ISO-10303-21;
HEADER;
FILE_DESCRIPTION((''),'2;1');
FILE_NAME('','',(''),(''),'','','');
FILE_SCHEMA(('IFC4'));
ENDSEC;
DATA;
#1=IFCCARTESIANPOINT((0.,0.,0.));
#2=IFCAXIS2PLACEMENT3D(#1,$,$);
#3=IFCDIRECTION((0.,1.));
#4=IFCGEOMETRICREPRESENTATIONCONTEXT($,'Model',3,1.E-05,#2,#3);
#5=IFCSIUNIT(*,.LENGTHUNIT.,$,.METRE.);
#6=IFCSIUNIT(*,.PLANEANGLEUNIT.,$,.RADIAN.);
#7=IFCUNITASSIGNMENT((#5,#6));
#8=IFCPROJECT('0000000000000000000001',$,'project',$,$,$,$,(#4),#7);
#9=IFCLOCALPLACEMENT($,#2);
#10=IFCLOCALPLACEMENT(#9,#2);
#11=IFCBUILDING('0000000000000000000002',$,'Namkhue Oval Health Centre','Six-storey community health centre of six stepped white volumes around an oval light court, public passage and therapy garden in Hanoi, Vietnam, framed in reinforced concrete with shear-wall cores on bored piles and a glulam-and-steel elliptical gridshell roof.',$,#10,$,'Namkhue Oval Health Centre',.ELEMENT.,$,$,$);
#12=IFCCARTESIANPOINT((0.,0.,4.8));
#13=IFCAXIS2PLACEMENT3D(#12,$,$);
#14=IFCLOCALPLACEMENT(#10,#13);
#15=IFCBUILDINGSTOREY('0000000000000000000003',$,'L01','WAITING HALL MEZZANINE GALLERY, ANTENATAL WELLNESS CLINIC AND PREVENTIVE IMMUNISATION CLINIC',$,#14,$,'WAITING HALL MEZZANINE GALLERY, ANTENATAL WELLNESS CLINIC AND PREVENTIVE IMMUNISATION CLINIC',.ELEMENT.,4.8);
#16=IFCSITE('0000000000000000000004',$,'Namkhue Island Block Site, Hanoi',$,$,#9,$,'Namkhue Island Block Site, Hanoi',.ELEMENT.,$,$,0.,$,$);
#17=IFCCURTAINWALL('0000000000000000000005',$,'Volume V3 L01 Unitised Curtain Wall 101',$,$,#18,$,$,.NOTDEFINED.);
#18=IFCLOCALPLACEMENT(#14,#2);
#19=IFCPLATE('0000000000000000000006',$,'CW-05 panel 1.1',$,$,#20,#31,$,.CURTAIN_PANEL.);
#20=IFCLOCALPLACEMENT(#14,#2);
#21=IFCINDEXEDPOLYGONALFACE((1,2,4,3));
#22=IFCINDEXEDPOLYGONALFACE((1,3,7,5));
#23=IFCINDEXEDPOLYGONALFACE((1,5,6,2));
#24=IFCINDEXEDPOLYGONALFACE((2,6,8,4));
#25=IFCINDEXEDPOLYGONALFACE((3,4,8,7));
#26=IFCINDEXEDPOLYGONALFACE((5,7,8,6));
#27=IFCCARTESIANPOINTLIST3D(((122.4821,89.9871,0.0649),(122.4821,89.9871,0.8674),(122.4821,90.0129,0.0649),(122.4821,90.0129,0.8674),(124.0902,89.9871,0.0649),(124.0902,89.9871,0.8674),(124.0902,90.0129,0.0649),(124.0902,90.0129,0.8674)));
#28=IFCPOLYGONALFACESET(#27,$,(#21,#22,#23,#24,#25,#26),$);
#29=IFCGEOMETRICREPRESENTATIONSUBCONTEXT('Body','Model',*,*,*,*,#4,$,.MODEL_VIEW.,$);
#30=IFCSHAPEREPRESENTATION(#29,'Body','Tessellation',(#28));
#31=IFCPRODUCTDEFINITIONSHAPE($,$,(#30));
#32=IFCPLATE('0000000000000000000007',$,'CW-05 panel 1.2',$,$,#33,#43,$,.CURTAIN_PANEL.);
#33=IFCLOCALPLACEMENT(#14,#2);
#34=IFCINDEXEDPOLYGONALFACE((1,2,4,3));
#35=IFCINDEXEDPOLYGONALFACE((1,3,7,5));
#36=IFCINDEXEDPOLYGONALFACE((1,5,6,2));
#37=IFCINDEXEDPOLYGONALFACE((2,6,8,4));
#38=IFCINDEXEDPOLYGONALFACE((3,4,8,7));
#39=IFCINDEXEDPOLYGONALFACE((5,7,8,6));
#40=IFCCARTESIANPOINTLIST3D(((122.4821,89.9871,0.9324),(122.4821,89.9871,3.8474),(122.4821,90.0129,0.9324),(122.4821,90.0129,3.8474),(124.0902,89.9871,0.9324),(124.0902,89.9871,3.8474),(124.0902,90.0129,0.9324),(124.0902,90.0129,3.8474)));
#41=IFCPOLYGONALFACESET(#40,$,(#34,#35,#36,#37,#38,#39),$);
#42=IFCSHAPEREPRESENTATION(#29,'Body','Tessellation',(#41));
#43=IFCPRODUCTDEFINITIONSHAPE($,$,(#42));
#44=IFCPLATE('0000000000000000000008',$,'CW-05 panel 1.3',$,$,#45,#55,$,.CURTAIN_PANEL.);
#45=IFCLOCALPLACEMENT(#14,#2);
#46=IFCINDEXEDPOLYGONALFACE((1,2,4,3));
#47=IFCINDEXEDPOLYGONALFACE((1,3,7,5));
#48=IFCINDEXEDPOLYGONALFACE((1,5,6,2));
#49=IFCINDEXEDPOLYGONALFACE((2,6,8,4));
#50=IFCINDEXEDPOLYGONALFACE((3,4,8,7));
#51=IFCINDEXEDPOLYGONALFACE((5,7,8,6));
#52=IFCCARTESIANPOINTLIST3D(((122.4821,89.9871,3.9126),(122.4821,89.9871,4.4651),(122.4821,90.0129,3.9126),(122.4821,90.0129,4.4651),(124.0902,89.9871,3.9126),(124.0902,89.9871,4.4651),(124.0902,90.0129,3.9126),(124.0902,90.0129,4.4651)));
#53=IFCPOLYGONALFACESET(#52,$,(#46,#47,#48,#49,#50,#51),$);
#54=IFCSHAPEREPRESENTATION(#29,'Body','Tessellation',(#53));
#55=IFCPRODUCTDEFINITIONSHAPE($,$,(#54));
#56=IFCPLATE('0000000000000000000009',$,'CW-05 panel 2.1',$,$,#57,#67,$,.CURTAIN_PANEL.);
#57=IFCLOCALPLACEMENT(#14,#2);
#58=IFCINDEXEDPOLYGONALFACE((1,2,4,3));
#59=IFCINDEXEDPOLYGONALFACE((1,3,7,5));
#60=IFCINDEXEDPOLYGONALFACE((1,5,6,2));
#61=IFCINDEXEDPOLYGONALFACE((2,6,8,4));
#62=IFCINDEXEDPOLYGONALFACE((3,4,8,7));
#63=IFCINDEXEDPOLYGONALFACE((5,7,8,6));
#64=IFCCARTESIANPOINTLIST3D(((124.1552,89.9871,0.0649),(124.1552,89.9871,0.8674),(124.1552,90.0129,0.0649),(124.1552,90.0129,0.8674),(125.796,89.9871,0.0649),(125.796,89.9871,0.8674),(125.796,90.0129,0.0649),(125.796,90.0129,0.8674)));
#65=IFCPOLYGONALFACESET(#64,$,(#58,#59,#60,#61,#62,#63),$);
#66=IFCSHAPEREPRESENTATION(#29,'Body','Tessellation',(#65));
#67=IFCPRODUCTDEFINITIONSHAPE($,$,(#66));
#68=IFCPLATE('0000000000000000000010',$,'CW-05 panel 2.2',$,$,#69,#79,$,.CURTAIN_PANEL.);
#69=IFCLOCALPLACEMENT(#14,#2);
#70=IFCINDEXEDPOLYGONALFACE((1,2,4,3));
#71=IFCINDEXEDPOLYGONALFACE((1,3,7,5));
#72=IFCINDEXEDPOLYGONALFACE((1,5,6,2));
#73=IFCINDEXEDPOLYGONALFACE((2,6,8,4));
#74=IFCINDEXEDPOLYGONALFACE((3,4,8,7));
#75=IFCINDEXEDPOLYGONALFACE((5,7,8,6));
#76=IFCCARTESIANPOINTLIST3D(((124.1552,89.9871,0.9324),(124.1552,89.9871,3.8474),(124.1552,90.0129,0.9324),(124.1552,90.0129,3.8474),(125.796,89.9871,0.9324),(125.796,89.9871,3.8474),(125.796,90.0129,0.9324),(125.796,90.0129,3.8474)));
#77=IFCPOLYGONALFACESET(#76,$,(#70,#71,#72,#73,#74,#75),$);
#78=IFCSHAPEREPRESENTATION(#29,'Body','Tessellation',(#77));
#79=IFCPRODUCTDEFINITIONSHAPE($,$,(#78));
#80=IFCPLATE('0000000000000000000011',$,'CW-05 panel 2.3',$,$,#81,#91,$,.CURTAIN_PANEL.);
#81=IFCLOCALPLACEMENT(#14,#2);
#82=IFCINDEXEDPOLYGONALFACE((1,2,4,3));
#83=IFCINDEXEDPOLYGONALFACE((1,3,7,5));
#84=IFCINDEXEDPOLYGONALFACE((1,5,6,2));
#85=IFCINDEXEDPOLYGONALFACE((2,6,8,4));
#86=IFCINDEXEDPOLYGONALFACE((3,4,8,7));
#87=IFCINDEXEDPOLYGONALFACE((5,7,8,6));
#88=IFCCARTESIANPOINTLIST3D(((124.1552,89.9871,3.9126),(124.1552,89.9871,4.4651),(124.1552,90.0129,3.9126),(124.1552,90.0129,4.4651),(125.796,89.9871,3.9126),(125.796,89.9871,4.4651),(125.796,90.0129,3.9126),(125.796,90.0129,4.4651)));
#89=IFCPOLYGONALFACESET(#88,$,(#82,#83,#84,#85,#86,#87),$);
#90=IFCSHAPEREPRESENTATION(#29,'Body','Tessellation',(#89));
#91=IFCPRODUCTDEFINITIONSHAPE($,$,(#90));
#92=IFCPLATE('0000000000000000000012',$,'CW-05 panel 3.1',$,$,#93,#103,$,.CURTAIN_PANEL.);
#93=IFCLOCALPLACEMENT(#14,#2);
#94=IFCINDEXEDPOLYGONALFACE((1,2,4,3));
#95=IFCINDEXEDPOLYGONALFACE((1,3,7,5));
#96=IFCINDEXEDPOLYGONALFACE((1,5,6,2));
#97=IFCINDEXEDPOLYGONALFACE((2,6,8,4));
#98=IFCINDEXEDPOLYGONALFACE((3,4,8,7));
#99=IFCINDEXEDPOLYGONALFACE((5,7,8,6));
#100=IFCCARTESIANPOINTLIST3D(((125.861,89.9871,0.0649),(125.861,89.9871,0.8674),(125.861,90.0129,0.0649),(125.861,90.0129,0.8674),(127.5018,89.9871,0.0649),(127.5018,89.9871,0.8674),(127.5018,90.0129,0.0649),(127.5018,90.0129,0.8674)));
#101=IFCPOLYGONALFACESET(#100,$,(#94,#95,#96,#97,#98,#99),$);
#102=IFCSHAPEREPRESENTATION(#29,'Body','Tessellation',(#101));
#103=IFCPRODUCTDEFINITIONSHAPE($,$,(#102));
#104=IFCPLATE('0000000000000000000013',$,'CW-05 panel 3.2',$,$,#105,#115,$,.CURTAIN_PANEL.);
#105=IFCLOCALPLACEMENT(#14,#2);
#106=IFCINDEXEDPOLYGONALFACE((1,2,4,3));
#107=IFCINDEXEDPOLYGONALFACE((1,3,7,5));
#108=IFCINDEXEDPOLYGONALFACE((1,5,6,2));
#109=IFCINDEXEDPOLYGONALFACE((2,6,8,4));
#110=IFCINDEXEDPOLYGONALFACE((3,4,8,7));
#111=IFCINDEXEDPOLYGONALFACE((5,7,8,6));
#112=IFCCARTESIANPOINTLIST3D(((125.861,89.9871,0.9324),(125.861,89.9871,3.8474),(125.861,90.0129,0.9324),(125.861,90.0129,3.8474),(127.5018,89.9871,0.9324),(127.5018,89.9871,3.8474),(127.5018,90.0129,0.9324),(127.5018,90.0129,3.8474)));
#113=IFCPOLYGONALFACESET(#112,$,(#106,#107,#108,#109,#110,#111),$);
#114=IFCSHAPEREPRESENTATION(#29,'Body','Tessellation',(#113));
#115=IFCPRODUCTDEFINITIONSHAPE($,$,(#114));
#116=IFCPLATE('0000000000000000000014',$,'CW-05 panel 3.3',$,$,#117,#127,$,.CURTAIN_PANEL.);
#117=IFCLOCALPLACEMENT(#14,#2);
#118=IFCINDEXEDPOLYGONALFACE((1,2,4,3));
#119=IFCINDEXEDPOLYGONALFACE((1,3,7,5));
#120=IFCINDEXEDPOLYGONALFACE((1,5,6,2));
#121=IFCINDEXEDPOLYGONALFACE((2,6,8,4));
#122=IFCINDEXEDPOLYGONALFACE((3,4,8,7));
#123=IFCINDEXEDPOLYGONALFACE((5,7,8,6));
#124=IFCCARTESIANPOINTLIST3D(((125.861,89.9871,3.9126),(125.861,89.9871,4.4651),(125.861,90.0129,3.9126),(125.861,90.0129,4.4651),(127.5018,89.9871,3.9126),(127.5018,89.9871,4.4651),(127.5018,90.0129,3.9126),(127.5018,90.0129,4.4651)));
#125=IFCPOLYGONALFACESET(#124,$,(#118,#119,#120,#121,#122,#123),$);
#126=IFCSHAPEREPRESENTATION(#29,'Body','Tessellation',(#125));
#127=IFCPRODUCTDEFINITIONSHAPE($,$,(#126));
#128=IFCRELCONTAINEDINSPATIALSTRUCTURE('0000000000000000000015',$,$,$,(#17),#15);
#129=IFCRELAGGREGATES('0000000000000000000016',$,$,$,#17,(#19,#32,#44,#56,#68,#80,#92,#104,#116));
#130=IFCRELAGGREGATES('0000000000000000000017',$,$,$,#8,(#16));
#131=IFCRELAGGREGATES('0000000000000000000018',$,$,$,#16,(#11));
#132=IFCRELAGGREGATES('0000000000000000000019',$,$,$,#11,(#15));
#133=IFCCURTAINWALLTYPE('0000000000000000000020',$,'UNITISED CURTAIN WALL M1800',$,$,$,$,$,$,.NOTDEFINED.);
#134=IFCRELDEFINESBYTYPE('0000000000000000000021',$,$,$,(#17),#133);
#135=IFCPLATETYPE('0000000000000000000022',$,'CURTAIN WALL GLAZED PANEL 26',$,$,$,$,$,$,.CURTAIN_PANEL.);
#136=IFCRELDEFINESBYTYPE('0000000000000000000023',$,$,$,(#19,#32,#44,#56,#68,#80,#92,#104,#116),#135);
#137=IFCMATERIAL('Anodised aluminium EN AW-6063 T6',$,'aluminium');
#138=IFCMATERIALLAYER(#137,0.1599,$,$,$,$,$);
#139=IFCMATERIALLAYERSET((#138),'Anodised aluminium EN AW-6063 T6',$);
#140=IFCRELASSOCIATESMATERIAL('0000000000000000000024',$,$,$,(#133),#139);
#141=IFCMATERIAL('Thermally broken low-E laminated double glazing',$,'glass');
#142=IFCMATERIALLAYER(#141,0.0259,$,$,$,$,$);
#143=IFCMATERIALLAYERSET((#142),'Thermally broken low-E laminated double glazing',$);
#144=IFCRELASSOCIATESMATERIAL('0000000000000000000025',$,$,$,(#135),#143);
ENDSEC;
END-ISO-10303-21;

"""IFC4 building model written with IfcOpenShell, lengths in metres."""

from ifc_helpers import new_model, si_unit, direction, frame, origin, origin_2d, place, context, subcontext, project, spatial, rectangle, extrude, material, layer, layer_set, type_object, element, aggregate, save


model = new_model("IFC4")

# Units and contexts
model_context = context("Model", 3, precision=1e-05, world=origin(), true_north=direction((0.0, 1.0)))
body_context = subcontext(model_context, "Body", "Model", "MODEL_VIEW")
ifc_project = project(units=[si_unit("LENGTHUNIT", "METRE"), si_unit("PLANEANGLEUNIT", "RADIAN")], contexts=[model_context])

# Site, building, storey
site_placement = place(None, origin())
site = spatial("IfcSite", under=ifc_project, at=site_placement, Name="Namkhue Island Block Site, Hanoi", LongName="Namkhue Island Block Site, Hanoi", CompositionType="ELEMENT", RefElevation=0.0)
building_placement = place(site_placement, origin())
building = spatial("IfcBuilding", under=site, at=building_placement, Name="Namkhue Oval Health Centre", Description="Six-storey community health centre of six stepped white volumes around an oval light court, public passage and therapy garden in Hanoi, Vietnam, framed in reinforced concrete with shear-wall cores on bored piles and a glulam-and-steel elliptical gridshell roof.", LongName="Namkhue Oval Health Centre", CompositionType="ELEMENT")
storey_placement = place(building_placement, frame((0.0, 0.0, 4.8)))
storey = spatial("IfcBuildingStorey", under=building, at=storey_placement, Name="L01", Description="WAITING HALL MEZZANINE GALLERY, ANTENATAL WELLNESS CLINIC AND PREVENTIVE IMMUNISATION CLINIC", LongName="WAITING HALL MEZZANINE GALLERY, ANTENATAL WELLNESS CLINIC AND PREVENTIVE IMMUNISATION CLINIC", CompositionType="ELEMENT", Elevation=4.8)

# Curtain wall, plates
ifc_material_1 = material(Name="Anodised aluminium EN AW-6063 T6", Category="aluminium")
ifc_layer_1 = layer(ifc_material_1, 0.1599)
ifc_layer_set_1 = layer_set([ifc_layer_1], Name="Anodised aluminium EN AW-6063 T6")
curtain_wall_type = type_object("IfcCurtainWallType", Name="UNITISED CURTAIN WALL M1800", PredefinedType="NOTDEFINED", material=ifc_layer_set_1)
curtain_wall_placement = place(storey_placement, origin())
curtain_wall = element("IfcCurtainWall", 1, at=curtain_wall_placement, inside=storey, type_object=curtain_wall_type, Name="Volume V3 L01 Unitised Curtain Wall 101", PredefinedType="NOTDEFINED")
ifc_material_2 = material(Name="Thermally broken low-E laminated double glazing", Category="glass")
ifc_layer_2 = layer(ifc_material_2, 0.0259)
ifc_layer_set_2 = layer_set([ifc_layer_2], Name="Thermally broken low-E laminated double glazing")
plate_type = type_object("IfcPlateType", Name="CURTAIN WALL GLAZED PANEL 26", PredefinedType="CURTAIN_PANEL", material=ifc_layer_set_2)
plate_1_placement = place(storey_placement, frame((123.2861, 90.0, 0.0649), z_axis=(0.0, 0.0, 1.0), x_axis=(1.0, 0.0, 0.0)))
plate_1 = element("IfcPlate", 2, at=plate_1_placement, type_object=plate_type, Name="CW-05 panel 1.1", PredefinedType="CURTAIN_PANEL", context=body_context, shape_type="SweptSolid", body=[
    extrude(rectangle(XDim=1.6082, YDim=0.0259, at=origin_2d()), origin(), (0.0, 0.0, 1.0), 0.8025),
])
plate_2_placement = place(storey_placement, frame((123.2861, 90.0, 0.9324), z_axis=(0.0, 0.0, 1.0), x_axis=(1.0, 0.0, 0.0)))
plate_2 = element("IfcPlate", 3, at=plate_2_placement, type_object=plate_type, Name="CW-05 panel 1.2", PredefinedType="CURTAIN_PANEL", context=body_context, shape_type="SweptSolid", body=[
    extrude(rectangle(XDim=1.6082, YDim=0.0259, at=origin_2d()), origin(), (0.0, 0.0, 1.0), 2.915),
])
plate_3_placement = place(storey_placement, frame((123.2861, 90.0, 3.9126), z_axis=(0.0, 0.0, 1.0), x_axis=(1.0, 0.0, 0.0)))
plate_3 = element("IfcPlate", 4, at=plate_3_placement, type_object=plate_type, Name="CW-05 panel 1.3", PredefinedType="CURTAIN_PANEL", context=body_context, shape_type="SweptSolid", body=[
    extrude(rectangle(XDim=1.6082, YDim=0.0259, at=origin_2d()), origin(), (0.0, 0.0, 1.0), 0.5525),
])
plate_4_placement = place(storey_placement, frame((124.9756, 90.0, 0.0649), z_axis=(0.0, 0.0, 1.0), x_axis=(1.0, 0.0, 0.0)))
plate_4 = element("IfcPlate", 5, at=plate_4_placement, type_object=plate_type, Name="CW-05 panel 2.1", PredefinedType="CURTAIN_PANEL", context=body_context, shape_type="SweptSolid", body=[
    extrude(rectangle(XDim=1.6409, YDim=0.0259, at=origin_2d()), origin(), (0.0, 0.0, 1.0), 0.8025),
])
plate_5_placement = place(storey_placement, frame((124.9756, 90.0, 0.9324), z_axis=(0.0, 0.0, 1.0), x_axis=(1.0, 0.0, 0.0)))
plate_5 = element("IfcPlate", 6, at=plate_5_placement, type_object=plate_type, Name="CW-05 panel 2.2", PredefinedType="CURTAIN_PANEL", context=body_context, shape_type="SweptSolid", body=[
    extrude(rectangle(XDim=1.6409, YDim=0.0259, at=origin_2d()), origin(), (0.0, 0.0, 1.0), 2.915),
])
plate_6_placement = place(storey_placement, frame((124.9756, 90.0, 3.9126), z_axis=(0.0, 0.0, 1.0), x_axis=(1.0, 0.0, 0.0)))
plate_6 = element("IfcPlate", 7, at=plate_6_placement, type_object=plate_type, Name="CW-05 panel 2.3", PredefinedType="CURTAIN_PANEL", context=body_context, shape_type="SweptSolid", body=[
    extrude(rectangle(XDim=1.6409, YDim=0.0259, at=origin_2d()), origin(), (0.0, 0.0, 1.0), 0.5525),
])
plate_7_placement = place(storey_placement, frame((126.6814, 90.0, 0.0649), z_axis=(0.0, 0.0, 1.0), x_axis=(1.0, 0.0, 0.0)))
plate_7 = element("IfcPlate", 8, at=plate_7_placement, type_object=plate_type, Name="CW-05 panel 3.1", PredefinedType="CURTAIN_PANEL", context=body_context, shape_type="SweptSolid", body=[
    extrude(rectangle(XDim=1.6409, YDim=0.0259, at=origin_2d()), origin(), (0.0, 0.0, 1.0), 0.8025),
])
plate_8_placement = place(storey_placement, frame((126.6814, 90.0, 0.9324), z_axis=(0.0, 0.0, 1.0), x_axis=(1.0, 0.0, 0.0)))
plate_8 = element("IfcPlate", 9, at=plate_8_placement, type_object=plate_type, Name="CW-05 panel 3.2", PredefinedType="CURTAIN_PANEL", context=body_context, shape_type="SweptSolid", body=[
    extrude(rectangle(XDim=1.6409, YDim=0.0259, at=origin_2d()), origin(), (0.0, 0.0, 1.0), 2.915),
])
plate_9_placement = place(storey_placement, frame((126.6814, 90.0, 3.9126), z_axis=(0.0, 0.0, 1.0), x_axis=(1.0, 0.0, 0.0)))
plate_9 = element("IfcPlate", 10, at=plate_9_placement, type_object=plate_type, Name="CW-05 panel 3.3", PredefinedType="CURTAIN_PANEL", context=body_context, shape_type="SweptSolid", body=[
    extrude(rectangle(XDim=1.6409, YDim=0.0259, at=origin_2d()), origin(), (0.0, 0.0, 1.0), 0.5525),
])
aggregate(curtain_wall, [plate_1, plate_2, plate_3, plate_4, plate_5, plate_6, plate_7, plate_8, plate_9])

save(model, "model.ifc")
